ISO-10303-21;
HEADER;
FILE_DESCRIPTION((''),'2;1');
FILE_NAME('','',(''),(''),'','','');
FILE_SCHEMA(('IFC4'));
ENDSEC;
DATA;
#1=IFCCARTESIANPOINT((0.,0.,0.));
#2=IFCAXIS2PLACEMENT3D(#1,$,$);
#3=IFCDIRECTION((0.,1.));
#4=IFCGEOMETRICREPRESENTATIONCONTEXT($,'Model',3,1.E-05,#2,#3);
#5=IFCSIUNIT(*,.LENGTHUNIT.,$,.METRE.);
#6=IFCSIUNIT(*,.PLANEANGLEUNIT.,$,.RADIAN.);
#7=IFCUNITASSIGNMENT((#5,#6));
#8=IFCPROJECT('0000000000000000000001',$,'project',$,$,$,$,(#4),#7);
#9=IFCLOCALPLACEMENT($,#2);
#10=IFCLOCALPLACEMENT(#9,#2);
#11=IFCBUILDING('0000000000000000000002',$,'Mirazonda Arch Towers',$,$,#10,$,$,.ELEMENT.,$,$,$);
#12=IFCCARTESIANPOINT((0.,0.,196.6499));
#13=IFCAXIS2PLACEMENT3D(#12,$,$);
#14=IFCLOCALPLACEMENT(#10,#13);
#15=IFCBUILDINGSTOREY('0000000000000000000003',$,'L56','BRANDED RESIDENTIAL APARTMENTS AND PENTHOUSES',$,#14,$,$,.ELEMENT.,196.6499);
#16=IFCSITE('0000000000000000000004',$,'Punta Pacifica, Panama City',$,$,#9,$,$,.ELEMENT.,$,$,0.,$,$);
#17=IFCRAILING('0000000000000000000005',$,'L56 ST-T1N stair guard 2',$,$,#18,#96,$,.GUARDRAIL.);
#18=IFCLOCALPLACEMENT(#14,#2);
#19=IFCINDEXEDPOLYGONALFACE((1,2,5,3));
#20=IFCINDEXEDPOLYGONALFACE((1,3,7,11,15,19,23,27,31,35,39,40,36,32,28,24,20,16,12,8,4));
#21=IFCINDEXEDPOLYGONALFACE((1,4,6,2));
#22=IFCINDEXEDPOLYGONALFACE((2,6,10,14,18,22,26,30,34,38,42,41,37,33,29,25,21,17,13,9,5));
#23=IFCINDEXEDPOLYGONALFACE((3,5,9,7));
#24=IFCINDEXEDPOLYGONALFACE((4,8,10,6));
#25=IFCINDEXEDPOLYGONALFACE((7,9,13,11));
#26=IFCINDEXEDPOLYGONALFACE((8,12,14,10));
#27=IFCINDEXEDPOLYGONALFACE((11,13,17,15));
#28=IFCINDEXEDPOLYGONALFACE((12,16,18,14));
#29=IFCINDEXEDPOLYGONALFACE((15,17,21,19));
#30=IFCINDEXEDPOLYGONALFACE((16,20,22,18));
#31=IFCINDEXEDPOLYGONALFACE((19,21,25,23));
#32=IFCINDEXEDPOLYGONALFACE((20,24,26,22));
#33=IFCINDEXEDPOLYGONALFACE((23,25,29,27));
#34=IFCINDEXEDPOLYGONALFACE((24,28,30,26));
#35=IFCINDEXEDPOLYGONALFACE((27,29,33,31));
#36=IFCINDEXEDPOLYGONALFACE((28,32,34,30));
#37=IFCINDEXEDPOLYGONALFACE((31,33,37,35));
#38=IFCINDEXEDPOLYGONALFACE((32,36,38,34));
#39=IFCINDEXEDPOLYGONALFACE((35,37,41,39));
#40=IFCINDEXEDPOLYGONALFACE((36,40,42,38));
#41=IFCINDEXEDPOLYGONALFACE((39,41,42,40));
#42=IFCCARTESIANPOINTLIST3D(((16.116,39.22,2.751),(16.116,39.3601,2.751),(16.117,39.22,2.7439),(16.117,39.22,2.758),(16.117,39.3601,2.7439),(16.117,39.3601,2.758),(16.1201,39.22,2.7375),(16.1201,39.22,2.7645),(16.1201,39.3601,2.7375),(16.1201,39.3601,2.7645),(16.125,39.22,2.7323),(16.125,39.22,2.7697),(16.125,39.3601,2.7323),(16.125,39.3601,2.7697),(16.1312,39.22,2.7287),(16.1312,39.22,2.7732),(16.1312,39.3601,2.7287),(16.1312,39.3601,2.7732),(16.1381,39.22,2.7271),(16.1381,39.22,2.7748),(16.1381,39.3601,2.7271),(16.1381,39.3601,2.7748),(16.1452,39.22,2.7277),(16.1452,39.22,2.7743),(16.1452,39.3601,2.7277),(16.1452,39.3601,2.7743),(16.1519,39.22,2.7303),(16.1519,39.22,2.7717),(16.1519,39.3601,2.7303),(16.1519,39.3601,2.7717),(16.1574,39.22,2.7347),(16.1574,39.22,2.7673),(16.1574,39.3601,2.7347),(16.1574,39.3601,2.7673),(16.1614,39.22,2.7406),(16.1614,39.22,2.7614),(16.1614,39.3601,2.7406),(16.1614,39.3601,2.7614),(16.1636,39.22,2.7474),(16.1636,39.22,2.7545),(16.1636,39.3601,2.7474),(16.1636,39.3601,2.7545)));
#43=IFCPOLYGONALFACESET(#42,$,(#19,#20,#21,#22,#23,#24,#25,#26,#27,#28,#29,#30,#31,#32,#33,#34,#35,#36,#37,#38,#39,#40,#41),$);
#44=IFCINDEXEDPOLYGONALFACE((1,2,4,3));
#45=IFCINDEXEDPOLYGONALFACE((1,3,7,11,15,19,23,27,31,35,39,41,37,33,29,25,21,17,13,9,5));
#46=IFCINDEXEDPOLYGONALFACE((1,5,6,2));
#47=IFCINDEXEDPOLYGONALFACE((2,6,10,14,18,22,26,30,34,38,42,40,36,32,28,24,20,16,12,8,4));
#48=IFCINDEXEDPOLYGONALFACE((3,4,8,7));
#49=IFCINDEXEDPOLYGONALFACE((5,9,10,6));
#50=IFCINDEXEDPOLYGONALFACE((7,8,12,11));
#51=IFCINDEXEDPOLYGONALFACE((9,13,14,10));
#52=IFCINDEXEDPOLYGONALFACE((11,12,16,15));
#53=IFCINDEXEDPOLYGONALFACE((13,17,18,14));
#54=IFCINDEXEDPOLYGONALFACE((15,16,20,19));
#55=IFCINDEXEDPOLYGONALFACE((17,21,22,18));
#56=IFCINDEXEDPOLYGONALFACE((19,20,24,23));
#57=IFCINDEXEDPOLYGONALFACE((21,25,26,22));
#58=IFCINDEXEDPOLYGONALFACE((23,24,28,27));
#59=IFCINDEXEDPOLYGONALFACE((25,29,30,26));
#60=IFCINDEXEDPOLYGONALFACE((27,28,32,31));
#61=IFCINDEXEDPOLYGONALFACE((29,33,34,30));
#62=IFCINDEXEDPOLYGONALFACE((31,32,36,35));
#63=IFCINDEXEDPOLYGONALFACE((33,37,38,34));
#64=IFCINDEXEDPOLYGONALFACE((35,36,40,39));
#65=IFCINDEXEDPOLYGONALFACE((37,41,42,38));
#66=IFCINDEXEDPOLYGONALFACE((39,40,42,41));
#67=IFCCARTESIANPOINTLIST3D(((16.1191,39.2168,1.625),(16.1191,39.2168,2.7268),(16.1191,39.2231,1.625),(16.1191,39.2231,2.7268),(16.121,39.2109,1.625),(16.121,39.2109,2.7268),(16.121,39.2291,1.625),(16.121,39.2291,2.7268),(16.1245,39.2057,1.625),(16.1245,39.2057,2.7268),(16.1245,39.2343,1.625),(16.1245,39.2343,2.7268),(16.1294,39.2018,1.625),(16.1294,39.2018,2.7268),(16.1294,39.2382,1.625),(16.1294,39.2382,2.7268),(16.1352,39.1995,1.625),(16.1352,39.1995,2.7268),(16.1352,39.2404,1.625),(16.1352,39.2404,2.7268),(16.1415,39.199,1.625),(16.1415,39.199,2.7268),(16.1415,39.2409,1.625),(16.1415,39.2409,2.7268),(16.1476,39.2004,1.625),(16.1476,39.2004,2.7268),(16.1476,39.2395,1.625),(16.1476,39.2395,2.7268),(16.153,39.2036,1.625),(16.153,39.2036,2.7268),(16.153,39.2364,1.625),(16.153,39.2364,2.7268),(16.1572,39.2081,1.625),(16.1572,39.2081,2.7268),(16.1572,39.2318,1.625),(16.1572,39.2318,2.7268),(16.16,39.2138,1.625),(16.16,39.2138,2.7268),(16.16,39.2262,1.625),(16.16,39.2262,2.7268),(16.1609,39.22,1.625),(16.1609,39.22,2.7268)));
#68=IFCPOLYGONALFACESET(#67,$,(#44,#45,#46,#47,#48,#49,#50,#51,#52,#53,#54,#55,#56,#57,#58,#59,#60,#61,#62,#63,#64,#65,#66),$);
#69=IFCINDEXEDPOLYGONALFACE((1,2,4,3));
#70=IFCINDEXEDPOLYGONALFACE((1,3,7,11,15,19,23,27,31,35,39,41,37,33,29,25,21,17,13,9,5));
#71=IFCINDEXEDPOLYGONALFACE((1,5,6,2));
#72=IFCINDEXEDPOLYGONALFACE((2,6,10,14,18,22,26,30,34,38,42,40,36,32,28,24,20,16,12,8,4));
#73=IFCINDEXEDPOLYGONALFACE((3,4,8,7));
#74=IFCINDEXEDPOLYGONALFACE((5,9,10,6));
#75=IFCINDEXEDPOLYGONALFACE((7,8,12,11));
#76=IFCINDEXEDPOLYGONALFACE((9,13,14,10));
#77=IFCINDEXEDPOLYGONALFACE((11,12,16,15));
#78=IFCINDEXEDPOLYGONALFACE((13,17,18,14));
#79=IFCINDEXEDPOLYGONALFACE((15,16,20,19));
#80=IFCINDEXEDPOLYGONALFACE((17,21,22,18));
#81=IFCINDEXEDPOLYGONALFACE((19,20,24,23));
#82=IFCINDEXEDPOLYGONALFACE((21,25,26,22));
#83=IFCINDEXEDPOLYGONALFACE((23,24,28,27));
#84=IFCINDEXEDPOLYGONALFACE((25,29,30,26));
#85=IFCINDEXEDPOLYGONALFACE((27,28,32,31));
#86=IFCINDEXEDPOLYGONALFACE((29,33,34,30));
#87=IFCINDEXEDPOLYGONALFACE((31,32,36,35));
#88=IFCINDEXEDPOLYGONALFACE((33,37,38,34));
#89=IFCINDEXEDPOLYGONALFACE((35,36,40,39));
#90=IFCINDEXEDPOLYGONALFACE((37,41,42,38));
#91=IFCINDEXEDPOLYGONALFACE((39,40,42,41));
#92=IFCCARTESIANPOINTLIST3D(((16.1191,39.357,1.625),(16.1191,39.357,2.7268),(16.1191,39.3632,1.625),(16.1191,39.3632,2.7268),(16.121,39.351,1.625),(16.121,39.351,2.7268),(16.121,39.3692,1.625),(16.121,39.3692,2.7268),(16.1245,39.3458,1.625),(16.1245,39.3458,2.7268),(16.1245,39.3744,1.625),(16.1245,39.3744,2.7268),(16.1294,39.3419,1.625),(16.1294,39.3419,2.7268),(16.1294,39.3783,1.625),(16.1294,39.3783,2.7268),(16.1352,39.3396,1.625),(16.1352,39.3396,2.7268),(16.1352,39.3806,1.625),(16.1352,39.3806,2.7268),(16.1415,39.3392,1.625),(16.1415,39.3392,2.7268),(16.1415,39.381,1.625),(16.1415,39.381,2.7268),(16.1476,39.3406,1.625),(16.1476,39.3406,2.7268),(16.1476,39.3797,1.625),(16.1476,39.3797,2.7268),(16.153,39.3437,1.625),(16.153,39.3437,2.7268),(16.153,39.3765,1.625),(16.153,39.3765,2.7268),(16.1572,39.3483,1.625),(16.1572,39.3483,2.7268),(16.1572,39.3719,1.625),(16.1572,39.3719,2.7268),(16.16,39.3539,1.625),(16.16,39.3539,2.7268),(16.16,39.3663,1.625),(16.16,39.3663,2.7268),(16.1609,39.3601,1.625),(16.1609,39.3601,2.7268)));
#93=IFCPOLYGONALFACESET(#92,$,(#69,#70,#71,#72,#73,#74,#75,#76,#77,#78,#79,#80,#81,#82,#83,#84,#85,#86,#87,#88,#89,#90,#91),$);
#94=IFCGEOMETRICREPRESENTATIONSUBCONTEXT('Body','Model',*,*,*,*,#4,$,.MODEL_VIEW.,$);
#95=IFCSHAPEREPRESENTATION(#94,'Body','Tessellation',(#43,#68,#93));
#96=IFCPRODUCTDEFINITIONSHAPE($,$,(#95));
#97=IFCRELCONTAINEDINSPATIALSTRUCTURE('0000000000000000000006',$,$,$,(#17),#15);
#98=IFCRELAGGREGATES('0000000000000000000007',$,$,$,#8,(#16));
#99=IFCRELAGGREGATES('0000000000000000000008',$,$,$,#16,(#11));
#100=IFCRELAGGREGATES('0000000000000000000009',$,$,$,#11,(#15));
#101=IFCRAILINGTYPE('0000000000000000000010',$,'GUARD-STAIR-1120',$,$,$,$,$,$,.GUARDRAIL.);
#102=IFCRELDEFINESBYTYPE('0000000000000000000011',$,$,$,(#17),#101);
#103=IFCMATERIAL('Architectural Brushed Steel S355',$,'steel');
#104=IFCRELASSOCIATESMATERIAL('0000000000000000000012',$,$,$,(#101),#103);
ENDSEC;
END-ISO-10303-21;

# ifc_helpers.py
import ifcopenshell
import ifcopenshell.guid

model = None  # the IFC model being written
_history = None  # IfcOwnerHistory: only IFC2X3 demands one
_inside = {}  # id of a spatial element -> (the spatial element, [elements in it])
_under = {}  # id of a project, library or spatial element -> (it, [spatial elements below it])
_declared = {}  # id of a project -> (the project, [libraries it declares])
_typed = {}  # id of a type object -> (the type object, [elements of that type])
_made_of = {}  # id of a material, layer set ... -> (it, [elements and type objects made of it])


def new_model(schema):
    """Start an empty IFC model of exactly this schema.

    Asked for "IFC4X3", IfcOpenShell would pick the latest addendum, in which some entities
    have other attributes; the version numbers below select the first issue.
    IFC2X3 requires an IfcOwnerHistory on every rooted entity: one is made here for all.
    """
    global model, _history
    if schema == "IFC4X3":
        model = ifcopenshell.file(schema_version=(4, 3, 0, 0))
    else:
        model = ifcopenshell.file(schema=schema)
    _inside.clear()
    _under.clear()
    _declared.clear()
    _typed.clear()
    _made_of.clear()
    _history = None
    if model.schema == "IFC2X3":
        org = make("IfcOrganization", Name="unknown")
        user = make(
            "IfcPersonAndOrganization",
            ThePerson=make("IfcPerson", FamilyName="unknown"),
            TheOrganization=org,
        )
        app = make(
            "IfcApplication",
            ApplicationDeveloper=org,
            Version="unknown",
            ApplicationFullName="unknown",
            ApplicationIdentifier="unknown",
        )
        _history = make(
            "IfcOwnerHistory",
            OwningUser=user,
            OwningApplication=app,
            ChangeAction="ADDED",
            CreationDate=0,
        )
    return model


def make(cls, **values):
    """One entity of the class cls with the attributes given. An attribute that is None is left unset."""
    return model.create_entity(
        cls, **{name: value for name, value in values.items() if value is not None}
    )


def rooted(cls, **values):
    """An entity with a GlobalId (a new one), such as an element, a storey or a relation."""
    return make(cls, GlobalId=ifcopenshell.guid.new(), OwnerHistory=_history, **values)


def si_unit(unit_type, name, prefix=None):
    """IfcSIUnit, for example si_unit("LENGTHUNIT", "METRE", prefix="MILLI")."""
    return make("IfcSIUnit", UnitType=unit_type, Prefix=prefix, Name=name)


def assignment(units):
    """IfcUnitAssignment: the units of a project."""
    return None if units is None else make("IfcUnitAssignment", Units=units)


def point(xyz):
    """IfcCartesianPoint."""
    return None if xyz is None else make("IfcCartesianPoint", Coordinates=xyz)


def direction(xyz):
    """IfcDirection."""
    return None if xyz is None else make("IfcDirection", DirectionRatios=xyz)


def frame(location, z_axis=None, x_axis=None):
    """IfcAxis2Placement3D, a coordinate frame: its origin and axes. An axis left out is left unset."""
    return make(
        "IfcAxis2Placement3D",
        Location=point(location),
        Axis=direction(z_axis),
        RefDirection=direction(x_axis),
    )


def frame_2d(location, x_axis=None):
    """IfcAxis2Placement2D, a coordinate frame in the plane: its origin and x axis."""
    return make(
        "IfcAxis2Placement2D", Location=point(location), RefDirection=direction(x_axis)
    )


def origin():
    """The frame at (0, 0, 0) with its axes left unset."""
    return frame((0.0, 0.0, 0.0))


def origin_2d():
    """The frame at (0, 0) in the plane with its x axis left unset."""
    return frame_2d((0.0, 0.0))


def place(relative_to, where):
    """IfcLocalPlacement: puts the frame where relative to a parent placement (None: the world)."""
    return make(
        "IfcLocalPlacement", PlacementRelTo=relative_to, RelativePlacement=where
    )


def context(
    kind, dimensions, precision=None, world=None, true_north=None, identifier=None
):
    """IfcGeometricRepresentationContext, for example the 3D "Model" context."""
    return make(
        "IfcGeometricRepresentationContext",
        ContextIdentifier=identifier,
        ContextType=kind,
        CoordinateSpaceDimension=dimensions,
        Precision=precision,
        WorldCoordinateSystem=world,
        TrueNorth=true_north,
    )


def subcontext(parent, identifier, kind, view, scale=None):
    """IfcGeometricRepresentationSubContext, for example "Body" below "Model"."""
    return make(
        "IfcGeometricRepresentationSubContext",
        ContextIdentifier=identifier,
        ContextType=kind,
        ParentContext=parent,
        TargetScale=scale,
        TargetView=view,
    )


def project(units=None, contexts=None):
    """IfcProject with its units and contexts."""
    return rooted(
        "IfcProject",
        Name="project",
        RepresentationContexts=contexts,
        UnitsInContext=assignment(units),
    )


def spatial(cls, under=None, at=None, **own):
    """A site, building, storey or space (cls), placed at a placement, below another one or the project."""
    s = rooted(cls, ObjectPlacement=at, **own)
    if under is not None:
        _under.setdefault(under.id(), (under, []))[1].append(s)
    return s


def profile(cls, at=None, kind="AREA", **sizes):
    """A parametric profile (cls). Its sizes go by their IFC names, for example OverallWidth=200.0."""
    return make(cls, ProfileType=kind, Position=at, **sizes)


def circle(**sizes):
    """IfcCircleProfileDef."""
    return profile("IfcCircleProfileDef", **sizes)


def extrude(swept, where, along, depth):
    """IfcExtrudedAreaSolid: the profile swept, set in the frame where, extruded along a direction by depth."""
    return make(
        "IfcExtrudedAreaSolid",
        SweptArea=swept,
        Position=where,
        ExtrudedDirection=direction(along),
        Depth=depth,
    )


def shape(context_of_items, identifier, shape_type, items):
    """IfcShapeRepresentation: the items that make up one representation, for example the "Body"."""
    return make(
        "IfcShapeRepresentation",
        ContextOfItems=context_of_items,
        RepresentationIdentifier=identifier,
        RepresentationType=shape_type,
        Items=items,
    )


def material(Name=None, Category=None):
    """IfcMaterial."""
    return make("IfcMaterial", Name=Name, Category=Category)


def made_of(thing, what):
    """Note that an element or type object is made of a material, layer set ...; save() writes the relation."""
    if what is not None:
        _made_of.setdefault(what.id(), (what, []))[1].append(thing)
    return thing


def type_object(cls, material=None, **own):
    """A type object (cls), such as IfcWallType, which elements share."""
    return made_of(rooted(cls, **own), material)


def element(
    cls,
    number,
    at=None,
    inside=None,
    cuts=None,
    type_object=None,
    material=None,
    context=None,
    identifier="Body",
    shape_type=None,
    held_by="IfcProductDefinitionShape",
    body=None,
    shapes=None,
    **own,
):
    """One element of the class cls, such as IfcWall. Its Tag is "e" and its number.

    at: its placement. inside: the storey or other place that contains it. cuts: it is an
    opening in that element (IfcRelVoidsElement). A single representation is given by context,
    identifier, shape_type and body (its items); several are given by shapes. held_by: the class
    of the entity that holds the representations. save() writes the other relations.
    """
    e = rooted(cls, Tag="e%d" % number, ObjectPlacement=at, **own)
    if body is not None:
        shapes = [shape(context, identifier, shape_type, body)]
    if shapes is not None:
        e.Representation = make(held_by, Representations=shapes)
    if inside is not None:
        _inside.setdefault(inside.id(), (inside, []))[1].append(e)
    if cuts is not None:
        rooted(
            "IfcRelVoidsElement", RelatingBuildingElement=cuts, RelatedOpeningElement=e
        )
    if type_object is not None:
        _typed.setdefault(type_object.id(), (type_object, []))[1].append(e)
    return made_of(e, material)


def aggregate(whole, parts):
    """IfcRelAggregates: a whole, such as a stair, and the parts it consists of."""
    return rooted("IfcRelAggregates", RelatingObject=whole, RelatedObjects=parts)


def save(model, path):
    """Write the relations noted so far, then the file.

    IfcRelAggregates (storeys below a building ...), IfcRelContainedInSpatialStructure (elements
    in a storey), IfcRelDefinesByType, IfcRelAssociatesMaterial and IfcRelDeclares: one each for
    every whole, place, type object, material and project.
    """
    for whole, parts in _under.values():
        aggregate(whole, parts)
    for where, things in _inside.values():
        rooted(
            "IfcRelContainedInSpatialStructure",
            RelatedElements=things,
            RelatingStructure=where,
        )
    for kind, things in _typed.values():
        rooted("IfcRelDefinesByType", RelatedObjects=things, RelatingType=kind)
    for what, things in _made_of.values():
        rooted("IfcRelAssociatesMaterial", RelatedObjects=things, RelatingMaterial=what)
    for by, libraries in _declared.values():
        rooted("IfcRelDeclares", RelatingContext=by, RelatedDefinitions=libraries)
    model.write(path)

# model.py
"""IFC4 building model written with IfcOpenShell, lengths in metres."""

from ifc_helpers import new_model, si_unit, direction, frame, origin, origin_2d, place, context, subcontext, project, spatial, circle, extrude, material, type_object, element, save


model = new_model("IFC4")

# Units and contexts
model_context = context("Model", 3, precision=1e-05, world=origin(), true_north=direction((0.0, 1.0)))
body_context = subcontext(model_context, "Body", "Model", "MODEL_VIEW")
ifc_project = project(units=[si_unit("LENGTHUNIT", "METRE"), si_unit("PLANEANGLEUNIT", "RADIAN")], contexts=[model_context])

# Site, building, storey
site_placement = place(None, origin())
site = spatial("IfcSite", under=ifc_project, at=site_placement, Name="Punta Pacifica, Panama City", CompositionType="ELEMENT", RefElevation=0.0)
building_placement = place(site_placement, origin())
building = spatial("IfcBuilding", under=site, at=building_placement, Name="Mirazonda Arch Towers", CompositionType="ELEMENT")
storey_placement = place(building_placement, frame((0.0, 0.0, 196.6499)))
storey = spatial("IfcBuildingStorey", under=building, at=storey_placement, Name="L56", Description="BRANDED RESIDENTIAL APARTMENTS AND PENTHOUSES", CompositionType="ELEMENT", Elevation=196.6499)

# Shared definitions
ifc_material_1 = material(Name="Architectural Brushed Steel S355", Category="steel")

# Railing
railing_type_1 = type_object("IfcRailingType", Name="GUARD-STAIR-1120", PredefinedType="GUARDRAIL", material=ifc_material_1)
railing_1_placement = place(storey_placement, frame((16.1399, 39.22, 1.625)))
element("IfcRailing", 1, at=railing_1_placement, inside=storey, type_object=railing_type_1, Name="L56 ST-T1N stair guard 2", PredefinedType="GUARDRAIL", context=body_context, shape_type="SweptSolid", body=[
    extrude(circle(Radius=0.0239, at=origin_2d()), frame((0.0, 0.0, 1.126), z_axis=(0.0, 1.0, 0.0), x_axis=(-1.0, 0.0, 0.0)), (0.0, 0.0, 1.0), 0.1401),
    extrude(circle(Radius=0.021, at=origin_2d()), origin(), (0.0, 0.0, 1.0), 1.1018),
    extrude(circle(Radius=0.021, at=origin_2d()), frame((0.0, 0.1401, 0.0)), (0.0, 0.0, 1.0), 1.1018),
])

save(model, "model.ifc")
